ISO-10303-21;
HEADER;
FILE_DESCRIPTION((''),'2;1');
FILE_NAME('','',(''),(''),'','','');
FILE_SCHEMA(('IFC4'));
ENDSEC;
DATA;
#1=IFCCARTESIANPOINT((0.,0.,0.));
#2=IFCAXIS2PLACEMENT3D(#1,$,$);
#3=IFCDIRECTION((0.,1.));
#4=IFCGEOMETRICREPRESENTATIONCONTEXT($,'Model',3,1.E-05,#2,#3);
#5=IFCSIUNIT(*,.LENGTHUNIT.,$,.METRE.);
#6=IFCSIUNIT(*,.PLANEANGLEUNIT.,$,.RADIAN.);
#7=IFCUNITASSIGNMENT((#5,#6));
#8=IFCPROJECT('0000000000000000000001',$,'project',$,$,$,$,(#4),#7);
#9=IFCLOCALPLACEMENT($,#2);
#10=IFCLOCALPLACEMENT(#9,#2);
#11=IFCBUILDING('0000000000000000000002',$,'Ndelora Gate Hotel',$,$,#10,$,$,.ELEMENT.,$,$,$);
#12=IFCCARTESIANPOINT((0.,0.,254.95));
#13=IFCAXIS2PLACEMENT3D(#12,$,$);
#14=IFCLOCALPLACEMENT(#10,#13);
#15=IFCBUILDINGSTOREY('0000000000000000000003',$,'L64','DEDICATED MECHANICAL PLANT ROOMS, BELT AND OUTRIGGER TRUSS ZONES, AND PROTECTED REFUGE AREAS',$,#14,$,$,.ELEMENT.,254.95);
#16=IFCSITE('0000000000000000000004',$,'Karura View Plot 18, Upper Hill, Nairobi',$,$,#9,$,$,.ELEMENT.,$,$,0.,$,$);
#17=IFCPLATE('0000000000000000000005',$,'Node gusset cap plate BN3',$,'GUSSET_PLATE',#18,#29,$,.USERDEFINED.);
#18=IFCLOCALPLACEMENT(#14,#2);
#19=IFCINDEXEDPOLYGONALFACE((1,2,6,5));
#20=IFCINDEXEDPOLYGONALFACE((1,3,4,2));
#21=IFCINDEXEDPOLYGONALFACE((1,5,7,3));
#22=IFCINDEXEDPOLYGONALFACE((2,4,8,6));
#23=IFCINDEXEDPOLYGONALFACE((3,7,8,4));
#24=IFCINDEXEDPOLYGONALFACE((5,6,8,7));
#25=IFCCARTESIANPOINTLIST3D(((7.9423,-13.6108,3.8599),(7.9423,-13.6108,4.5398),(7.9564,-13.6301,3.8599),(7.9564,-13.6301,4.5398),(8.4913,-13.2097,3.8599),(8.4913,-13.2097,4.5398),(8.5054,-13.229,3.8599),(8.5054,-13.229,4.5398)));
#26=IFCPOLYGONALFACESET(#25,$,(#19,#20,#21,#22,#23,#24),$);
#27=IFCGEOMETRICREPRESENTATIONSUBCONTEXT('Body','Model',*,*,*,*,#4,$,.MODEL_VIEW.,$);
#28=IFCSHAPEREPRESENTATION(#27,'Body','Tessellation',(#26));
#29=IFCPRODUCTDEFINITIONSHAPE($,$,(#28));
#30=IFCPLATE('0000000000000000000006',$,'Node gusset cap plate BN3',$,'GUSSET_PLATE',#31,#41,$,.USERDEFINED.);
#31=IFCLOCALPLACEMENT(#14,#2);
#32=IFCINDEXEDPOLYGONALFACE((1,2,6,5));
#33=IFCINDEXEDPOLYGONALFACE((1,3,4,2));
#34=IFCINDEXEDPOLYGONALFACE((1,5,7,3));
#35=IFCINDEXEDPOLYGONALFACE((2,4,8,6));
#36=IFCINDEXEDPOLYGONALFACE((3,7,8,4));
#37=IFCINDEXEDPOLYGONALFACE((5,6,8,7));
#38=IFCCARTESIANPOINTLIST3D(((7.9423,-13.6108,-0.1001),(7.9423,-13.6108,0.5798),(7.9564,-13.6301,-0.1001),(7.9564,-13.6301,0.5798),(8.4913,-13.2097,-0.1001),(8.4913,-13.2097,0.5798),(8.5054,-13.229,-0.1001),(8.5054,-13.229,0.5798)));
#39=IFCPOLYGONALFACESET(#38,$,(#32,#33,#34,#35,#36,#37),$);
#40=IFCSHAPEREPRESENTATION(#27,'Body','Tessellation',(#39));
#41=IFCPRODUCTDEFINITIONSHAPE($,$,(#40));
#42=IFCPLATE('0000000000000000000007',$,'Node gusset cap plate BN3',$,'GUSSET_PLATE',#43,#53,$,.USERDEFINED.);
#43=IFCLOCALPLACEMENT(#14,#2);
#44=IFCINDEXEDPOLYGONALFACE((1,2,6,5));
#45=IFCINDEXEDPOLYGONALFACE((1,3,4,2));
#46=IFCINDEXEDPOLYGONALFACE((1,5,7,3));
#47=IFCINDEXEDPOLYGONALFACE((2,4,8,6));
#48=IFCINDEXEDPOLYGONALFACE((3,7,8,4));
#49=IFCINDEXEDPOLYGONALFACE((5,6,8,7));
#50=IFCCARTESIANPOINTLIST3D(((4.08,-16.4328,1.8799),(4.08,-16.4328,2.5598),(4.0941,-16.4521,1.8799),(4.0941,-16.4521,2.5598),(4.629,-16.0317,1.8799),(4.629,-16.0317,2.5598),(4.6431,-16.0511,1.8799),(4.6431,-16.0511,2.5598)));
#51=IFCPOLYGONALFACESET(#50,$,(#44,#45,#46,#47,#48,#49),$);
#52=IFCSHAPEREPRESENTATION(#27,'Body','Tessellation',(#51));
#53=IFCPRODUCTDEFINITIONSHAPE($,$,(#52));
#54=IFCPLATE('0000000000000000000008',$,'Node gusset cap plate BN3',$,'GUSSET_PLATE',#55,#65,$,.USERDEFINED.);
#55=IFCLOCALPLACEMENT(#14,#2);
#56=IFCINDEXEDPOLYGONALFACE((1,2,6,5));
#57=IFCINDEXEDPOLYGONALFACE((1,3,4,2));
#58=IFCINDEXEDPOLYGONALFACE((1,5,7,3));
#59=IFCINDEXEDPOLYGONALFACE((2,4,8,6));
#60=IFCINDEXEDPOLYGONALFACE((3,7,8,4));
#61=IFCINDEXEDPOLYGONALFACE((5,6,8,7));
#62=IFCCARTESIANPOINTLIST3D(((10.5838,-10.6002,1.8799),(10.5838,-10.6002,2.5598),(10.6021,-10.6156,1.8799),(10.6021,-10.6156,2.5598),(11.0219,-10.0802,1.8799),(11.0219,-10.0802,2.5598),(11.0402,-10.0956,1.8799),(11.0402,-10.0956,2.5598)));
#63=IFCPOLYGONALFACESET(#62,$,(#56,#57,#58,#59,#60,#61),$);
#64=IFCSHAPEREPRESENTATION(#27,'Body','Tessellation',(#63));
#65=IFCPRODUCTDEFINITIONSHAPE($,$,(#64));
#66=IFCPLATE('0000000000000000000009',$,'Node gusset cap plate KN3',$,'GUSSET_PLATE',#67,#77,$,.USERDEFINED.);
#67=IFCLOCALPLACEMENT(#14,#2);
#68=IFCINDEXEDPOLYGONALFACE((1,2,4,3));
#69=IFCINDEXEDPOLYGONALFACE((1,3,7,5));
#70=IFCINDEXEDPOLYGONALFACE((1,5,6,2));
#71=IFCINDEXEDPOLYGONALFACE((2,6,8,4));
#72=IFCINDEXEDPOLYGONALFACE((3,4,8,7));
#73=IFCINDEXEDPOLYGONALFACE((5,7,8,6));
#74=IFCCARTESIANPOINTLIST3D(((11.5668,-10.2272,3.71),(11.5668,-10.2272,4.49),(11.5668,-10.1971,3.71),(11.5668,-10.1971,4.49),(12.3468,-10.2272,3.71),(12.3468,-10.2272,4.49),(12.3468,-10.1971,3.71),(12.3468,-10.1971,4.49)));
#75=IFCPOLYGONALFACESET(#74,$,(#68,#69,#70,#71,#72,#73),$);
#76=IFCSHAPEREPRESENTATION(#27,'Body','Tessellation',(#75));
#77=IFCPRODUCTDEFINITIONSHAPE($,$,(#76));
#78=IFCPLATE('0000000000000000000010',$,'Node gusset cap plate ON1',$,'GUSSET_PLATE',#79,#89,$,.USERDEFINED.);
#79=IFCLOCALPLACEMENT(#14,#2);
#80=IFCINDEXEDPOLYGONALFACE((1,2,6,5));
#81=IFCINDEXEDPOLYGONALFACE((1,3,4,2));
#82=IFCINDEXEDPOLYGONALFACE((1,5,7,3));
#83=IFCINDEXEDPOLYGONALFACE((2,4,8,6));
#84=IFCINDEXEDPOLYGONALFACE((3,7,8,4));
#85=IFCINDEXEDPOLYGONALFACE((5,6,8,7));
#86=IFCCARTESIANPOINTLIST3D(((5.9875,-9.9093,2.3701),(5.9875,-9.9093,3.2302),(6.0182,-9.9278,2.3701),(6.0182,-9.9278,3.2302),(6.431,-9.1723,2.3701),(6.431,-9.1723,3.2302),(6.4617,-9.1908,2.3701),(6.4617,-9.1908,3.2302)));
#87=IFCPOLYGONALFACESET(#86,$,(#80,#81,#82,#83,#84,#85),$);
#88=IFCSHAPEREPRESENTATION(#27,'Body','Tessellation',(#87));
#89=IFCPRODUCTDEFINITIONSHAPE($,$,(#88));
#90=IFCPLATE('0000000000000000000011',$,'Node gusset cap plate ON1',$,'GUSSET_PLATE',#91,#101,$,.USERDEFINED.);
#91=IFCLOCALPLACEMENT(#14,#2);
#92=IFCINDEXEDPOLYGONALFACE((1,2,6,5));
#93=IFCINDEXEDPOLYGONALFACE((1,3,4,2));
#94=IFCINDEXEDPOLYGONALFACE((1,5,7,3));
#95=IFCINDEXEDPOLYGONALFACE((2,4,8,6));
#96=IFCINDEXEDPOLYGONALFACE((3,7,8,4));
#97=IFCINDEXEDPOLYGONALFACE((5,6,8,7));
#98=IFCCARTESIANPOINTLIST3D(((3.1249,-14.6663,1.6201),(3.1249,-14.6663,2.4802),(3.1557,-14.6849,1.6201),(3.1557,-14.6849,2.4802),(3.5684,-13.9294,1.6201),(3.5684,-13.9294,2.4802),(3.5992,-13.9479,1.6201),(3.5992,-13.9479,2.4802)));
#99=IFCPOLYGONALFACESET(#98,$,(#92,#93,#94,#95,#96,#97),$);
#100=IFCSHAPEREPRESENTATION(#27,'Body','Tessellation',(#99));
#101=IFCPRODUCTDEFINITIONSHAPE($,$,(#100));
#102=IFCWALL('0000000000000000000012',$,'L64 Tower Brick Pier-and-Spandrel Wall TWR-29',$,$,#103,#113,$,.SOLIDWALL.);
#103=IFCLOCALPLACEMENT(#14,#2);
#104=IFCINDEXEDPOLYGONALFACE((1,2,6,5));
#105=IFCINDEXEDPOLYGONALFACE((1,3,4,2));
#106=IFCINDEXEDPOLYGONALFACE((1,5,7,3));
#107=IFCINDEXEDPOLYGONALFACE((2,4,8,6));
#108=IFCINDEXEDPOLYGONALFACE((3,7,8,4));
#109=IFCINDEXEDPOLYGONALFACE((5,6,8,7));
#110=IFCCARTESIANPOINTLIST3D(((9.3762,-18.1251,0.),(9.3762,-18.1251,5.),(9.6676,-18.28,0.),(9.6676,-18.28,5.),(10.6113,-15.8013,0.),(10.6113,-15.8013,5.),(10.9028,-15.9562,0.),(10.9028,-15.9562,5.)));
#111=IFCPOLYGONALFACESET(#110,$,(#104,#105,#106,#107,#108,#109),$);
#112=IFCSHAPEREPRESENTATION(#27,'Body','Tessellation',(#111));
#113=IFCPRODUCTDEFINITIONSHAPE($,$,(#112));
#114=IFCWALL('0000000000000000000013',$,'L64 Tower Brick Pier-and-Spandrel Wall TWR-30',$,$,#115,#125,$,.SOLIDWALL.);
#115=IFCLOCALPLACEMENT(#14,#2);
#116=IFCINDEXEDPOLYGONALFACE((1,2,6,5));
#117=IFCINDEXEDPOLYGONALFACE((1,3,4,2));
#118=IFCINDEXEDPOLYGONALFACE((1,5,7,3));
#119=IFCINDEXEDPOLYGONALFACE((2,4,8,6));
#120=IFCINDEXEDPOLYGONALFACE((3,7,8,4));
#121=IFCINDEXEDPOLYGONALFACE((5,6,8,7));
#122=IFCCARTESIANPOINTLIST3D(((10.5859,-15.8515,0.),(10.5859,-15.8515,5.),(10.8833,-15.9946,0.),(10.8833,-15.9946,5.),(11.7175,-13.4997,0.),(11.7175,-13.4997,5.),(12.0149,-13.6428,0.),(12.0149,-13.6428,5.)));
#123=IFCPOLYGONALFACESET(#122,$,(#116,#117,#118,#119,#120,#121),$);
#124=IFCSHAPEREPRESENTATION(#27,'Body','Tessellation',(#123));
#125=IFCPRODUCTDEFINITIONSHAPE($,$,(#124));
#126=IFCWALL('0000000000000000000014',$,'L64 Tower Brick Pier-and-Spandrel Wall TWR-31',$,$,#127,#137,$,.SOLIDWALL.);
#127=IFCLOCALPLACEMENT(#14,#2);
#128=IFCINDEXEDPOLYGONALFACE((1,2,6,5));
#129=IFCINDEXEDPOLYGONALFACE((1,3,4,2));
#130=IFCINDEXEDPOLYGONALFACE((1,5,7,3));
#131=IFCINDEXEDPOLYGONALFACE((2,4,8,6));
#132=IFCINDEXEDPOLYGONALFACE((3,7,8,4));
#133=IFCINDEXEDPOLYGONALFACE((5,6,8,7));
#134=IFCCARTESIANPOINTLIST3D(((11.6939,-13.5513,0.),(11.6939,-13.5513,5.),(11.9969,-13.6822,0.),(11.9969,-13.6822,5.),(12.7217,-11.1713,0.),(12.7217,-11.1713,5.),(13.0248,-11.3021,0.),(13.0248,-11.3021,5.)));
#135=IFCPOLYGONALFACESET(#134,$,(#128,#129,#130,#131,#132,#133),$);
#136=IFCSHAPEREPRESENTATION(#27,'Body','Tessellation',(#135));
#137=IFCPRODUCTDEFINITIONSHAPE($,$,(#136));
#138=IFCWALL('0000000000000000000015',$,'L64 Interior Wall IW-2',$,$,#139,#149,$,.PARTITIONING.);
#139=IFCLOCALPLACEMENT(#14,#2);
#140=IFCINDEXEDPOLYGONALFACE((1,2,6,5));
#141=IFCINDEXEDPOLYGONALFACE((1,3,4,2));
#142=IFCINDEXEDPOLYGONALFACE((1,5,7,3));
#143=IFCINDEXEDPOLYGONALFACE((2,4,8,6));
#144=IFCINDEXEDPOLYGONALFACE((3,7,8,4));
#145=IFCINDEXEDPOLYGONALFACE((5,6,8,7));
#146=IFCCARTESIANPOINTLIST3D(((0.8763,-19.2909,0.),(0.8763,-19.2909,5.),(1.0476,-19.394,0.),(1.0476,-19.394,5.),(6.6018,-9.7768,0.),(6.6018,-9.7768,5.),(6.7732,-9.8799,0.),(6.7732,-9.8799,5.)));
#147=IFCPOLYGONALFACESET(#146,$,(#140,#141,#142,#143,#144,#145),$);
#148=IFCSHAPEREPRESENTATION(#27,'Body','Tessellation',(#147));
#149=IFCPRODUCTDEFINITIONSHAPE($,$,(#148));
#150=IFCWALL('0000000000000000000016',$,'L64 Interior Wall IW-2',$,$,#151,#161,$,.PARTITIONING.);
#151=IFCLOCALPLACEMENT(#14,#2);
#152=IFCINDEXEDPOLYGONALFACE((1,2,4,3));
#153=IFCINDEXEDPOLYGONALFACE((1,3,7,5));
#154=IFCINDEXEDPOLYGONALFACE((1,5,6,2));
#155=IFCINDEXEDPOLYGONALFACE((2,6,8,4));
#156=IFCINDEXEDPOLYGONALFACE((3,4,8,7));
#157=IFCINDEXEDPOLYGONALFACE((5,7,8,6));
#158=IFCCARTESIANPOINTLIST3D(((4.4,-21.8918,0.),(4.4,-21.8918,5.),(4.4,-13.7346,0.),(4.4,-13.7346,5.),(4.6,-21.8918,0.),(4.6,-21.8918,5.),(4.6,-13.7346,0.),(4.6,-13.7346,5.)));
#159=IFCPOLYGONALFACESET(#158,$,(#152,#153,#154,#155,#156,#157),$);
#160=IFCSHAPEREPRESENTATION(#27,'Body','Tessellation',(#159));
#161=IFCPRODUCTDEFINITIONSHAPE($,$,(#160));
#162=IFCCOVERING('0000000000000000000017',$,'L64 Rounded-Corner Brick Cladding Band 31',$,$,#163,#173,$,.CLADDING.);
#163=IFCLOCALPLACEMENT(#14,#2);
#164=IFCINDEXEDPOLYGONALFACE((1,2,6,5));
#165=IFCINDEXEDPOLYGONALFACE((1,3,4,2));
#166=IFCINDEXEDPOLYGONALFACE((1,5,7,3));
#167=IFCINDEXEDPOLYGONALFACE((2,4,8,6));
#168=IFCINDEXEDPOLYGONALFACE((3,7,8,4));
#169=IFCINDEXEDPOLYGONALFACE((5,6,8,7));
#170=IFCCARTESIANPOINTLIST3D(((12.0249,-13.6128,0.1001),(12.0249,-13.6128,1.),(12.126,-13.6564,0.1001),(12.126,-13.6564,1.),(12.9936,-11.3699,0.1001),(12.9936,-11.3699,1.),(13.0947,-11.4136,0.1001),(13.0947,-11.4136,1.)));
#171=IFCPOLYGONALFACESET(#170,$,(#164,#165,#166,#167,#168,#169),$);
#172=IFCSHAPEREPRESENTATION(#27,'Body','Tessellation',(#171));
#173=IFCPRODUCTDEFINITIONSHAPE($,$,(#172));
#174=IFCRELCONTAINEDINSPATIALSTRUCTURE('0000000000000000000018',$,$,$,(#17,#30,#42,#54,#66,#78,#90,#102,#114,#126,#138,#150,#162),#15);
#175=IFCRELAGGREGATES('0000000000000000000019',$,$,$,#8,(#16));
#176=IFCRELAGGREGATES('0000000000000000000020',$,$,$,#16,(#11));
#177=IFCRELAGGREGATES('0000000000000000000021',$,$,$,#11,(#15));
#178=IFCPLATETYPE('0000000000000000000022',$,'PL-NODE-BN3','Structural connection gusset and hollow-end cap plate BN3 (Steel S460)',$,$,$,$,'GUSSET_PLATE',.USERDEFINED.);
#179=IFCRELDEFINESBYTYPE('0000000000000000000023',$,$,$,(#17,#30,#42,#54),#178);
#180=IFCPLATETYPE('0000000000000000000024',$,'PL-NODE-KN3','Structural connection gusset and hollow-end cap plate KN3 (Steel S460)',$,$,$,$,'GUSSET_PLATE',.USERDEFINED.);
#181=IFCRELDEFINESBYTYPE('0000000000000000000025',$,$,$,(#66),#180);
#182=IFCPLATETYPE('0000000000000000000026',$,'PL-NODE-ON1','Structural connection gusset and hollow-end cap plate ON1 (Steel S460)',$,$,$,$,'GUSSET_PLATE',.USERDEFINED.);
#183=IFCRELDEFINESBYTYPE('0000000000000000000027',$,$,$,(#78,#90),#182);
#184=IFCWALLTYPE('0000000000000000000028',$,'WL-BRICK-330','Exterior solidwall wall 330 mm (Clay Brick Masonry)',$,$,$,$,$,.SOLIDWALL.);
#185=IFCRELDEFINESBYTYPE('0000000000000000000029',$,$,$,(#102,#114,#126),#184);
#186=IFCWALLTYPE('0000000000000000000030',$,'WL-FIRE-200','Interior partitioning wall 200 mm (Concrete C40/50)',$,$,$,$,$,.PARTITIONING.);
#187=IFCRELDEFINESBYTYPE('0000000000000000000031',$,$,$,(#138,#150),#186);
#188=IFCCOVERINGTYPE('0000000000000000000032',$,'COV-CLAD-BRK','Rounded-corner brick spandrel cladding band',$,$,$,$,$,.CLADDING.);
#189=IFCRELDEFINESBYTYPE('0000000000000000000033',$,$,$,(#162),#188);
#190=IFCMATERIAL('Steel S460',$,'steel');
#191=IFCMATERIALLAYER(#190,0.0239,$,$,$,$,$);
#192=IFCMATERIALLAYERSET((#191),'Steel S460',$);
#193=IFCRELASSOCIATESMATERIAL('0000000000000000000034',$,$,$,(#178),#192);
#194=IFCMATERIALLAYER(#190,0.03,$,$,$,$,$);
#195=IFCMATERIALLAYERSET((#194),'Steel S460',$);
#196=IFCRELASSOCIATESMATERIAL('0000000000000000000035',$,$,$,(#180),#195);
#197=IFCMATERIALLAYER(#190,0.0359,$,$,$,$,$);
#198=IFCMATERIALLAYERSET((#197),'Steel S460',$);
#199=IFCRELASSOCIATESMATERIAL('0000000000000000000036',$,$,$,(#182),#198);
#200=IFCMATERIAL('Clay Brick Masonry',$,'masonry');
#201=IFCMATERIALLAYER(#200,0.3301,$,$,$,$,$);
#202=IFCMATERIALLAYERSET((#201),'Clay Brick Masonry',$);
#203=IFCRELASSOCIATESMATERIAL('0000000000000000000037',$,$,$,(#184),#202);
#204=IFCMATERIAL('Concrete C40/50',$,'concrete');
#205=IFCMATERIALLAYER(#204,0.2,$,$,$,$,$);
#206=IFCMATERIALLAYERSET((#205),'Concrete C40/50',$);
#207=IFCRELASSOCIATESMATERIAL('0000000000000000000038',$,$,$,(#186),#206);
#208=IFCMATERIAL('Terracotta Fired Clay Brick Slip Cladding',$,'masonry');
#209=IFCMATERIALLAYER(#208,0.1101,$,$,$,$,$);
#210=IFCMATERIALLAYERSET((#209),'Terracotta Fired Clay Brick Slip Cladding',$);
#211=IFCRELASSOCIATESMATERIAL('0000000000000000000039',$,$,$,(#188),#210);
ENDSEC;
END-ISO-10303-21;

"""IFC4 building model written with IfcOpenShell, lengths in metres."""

from ifc_helpers import new_model, si_unit, direction, frame, frame_2d, origin, origin_2d, place, context, subcontext, project, spatial, rectangle, extrude, material, layer, layer_set, type_object, element, save


model = new_model("IFC4")

# Units and contexts
model_context = context("Model", 3, precision=1e-05, world=origin(), true_north=direction((0.0, 1.0)))
body_context = subcontext(model_context, "Body", "Model", "MODEL_VIEW")
ifc_project = project(units=[si_unit("LENGTHUNIT", "METRE"), si_unit("PLANEANGLEUNIT", "RADIAN")], contexts=[model_context])

# Site, building, storey
site_placement = place(None, origin())
site = spatial("IfcSite", under=ifc_project, at=site_placement, Name="Karura View Plot 18, Upper Hill, Nairobi", CompositionType="ELEMENT", RefElevation=0.0)
building_placement = place(site_placement, origin())
building = spatial("IfcBuilding", under=site, at=building_placement, Name="Ndelora Gate Hotel", CompositionType="ELEMENT")
storey_placement = place(building_placement, frame((0.0, 0.0, 254.95)))
storey = spatial("IfcBuildingStorey", under=building, at=storey_placement, Name="L64", Description="DEDICATED MECHANICAL PLANT ROOMS, BELT AND OUTRIGGER TRUSS ZONES, AND PROTECTED REFUGE AREAS", CompositionType="ELEMENT", Elevation=254.95)

# Shared definitions
ifc_material_1 = material(Name="Steel S460", Category="steel")

# Plates
ifc_layer_1 = layer(ifc_material_1, 0.0239)
ifc_layer_set_1 = layer_set([ifc_layer_1], Name="Steel S460")
plate_type_1 = type_object("IfcPlateType", Name="PL-NODE-BN3", Description="Structural connection gusset and hollow-end cap plate BN3 (Steel S460)", ElementType="GUSSET_PLATE", PredefinedType="USERDEFINED", material=ifc_layer_set_1)
for number, where, z_axis, x_axis, name in (
    (1, (8.2239, -13.4199, 3.8599), (0.0, 0.0, 1.0), (0.807475, 0.589901, 0.0), "Node gusset cap plate BN3"),
    (2, (8.2239, -13.4199, -0.1001), (0.0, 0.0, 1.0), (0.807475, 0.589901, 0.0), "Node gusset cap plate BN3"),
    (3, (4.3616, -16.2419, 1.8799), (0.0, 0.0, 1.0), (0.807475, 0.589901, 0.0), "Node gusset cap plate BN3"),
    (4, (10.812, -10.3479, 1.8799), (0.0, 0.0, 1.0), (0.644257, 0.764809, 0.0), "Node gusset cap plate BN3"),
):
    element("IfcPlate", number, at=place(storey_placement, frame(where, z_axis=z_axis, x_axis=x_axis)), inside=storey, type_object=plate_type_1, Name=name, ObjectType="GUSSET_PLATE", PredefinedType="USERDEFINED", context=body_context, shape_type="SweptSolid", body=[
        extrude(rectangle(XDim=0.6799, YDim=0.0239, at=origin_2d()), origin(), (0.0, 0.0, 1.0), 0.6799),
    ])
ifc_layer_2 = layer(ifc_material_1, 0.03)
ifc_layer_set_2 = layer_set([ifc_layer_2], Name="Steel S460")
plate_type_2 = type_object("IfcPlateType", Name="PL-NODE-KN3", Description="Structural connection gusset and hollow-end cap plate KN3 (Steel S460)", ElementType="GUSSET_PLATE", PredefinedType="USERDEFINED", material=ifc_layer_set_2)
plate_placement = place(storey_placement, frame((11.9568, -10.2122, 3.71), z_axis=(0.0, 0.0, 1.0), x_axis=(1.0, 0.0, 0.0)))
element("IfcPlate", 5, at=plate_placement, inside=storey, type_object=plate_type_2, Name="Node gusset cap plate KN3", ObjectType="GUSSET_PLATE", PredefinedType="USERDEFINED", context=body_context, shape_type="SweptSolid", body=[
    extrude(rectangle(XDim=0.78, YDim=0.03, at=origin_2d()), origin(), (0.0, 0.0, 1.0), 0.78),
])
ifc_layer_3 = layer(ifc_material_1, 0.0359)
ifc_layer_set_3 = layer_set([ifc_layer_3], Name="Steel S460")
plate_type_3 = type_object("IfcPlateType", Name="PL-NODE-ON1", Description="Structural connection gusset and hollow-end cap plate ON1 (Steel S460)", ElementType="GUSSET_PLATE", PredefinedType="USERDEFINED", material=ifc_layer_set_3)
for number, where, z_axis, x_axis, name in (
    (6, (6.2246, -9.55, 2.3701), (0.0, 0.0, 1.0), (0.515636, 0.856808, 0.0), "Node gusset cap plate ON1"),
    (7, (3.3621, -14.3071, 1.6201), (0.0, 0.0, 1.0), (0.515636, 0.856808, 0.0), "Node gusset cap plate ON1"),
):
    element("IfcPlate", number, at=place(storey_placement, frame(where, z_axis=z_axis, x_axis=x_axis)), inside=storey, type_object=plate_type_3, Name=name, ObjectType="GUSSET_PLATE", PredefinedType="USERDEFINED", context=body_context, shape_type="SweptSolid", body=[
        extrude(rectangle(XDim=0.8601, YDim=0.0359, at=origin_2d()), origin(), (0.0, 0.0, 1.0), 0.8601),
    ])

# Walls
ifc_material_2 = material(Name="Clay Brick Masonry", Category="masonry")
ifc_layer_4 = layer(ifc_material_2, 0.3301)
ifc_layer_set_4 = layer_set([ifc_layer_4], Name="Clay Brick Masonry")
wall_type_1 = type_object("IfcWallType", Name="WL-BRICK-330", Description="Exterior solidwall wall 330 mm (Clay Brick Masonry)", PredefinedType="SOLIDWALL", material=ifc_layer_set_4)
wall_1_placement = place(storey_placement, frame((10.7571, -15.8787, 0.0), z_axis=(0.0, 0.0, 1.0), x_axis=(-0.469341, -0.883017, 0.0)))
element("IfcWall", 8, at=wall_1_placement, inside=storey, type_object=wall_type_1, Name="L64 Tower Brick Pier-and-Spandrel Wall TWR-29", PredefinedType="SOLIDWALL", context=body_context, shape_type="SweptSolid", body=[
    extrude(rectangle(XDim=2.6316, YDim=0.3301, at=frame_2d((1.3159, 0.0))), origin(), (0.0, 0.0, 1.0), 5.0),
])
wall_2_placement = place(storey_placement, frame((11.8662, -13.5713, 0.0), z_axis=(0.0, 0.0, 1.0), x_axis=(-0.433579, -0.901115, 0.0)))
element("IfcWall", 9, at=wall_2_placement, inside=storey, type_object=wall_type_1, Name="L64 Tower Brick Pier-and-Spandrel Wall TWR-30", PredefinedType="SOLIDWALL", context=body_context, shape_type="SweptSolid", body=[
    extrude(rectangle(XDim=2.6099, YDim=0.3301, at=frame_2d((1.3049, 0.0))), origin(), (0.0, 0.0, 1.0), 5.0),
])
wall_3_placement = place(storey_placement, frame((12.8733, -11.2366, 0.0), z_axis=(0.0, 0.0, 1.0), x_axis=(-0.396452, -0.918055, 0.0)))
element("IfcWall", 10, at=wall_3_placement, inside=storey, type_object=wall_type_1, Name="L64 Tower Brick Pier-and-Spandrel Wall TWR-31", PredefinedType="SOLIDWALL", context=body_context, shape_type="SweptSolid", body=[
    extrude(rectangle(XDim=2.5925, YDim=0.3301, at=frame_2d((1.2964, 0.0))), origin(), (0.0, 0.0, 1.0), 5.0),
])
ifc_material_3 = material(Name="Concrete C40/50", Category="concrete")
ifc_layer_5 = layer(ifc_material_3, 0.2)
ifc_layer_set_5 = layer_set([ifc_layer_5], Name="Concrete C40/50")
wall_type_2 = type_object("IfcWallType", Name="WL-FIRE-200", Description="Interior partitioning wall 200 mm (Concrete C40/50)", PredefinedType="PARTITIONING", material=ifc_layer_set_5)
wall_4_placement = place(storey_placement, frame((6.6875, -9.8284, 0.0), z_axis=(0.0, 0.0, 1.0), x_axis=(-0.515627, -0.856813, 0.0)))
element("IfcWall", 11, at=wall_4_placement, inside=storey, type_object=wall_type_2, Name="L64 Interior Wall IW-2", PredefinedType="PARTITIONING", context=body_context, shape_type="SweptSolid", body=[
    extrude(rectangle(XDim=11.104, YDim=0.2, at=frame_2d((5.552, 0.0))), origin(), (0.0, 0.0, 1.0), 5.0),
])
wall_5_placement = place(storey_placement, frame((4.5, -13.7346, 0.0), z_axis=(0.0, 0.0, 1.0), x_axis=(0.0, -1.0, 0.0)))
element("IfcWall", 12, at=wall_5_placement, inside=storey, type_object=wall_type_2, Name="L64 Interior Wall IW-2", PredefinedType="PARTITIONING", context=body_context, shape_type="SweptSolid", body=[
    extrude(rectangle(XDim=8.1572, YDim=0.2, at=frame_2d((4.0786, 0.0))), origin(), (0.0, 0.0, 1.0), 5.0),
])

# Covering
ifc_material_4 = material(Name="Terracotta Fired Clay Brick Slip Cladding", Category="masonry")
ifc_layer_6 = layer(ifc_material_4, 0.1101)
ifc_layer_set_6 = layer_set([ifc_layer_6], Name="Terracotta Fired Clay Brick Slip Cladding")
covering_type = type_object("IfcCoveringType", Name="COV-CLAD-BRK", Description="Rounded-corner brick spandrel cladding band", PredefinedType="CLADDING", material=ifc_layer_set_6)
covering_placement = place(storey_placement, frame((12.5598, -12.5132, 0.1001), z_axis=(0.0, 0.0, 1.0), x_axis=(0.396507, 0.918032, 0.0)))
element("IfcCovering", 13, at=covering_placement, inside=storey, type_object=covering_type, Name="L64 Rounded-Corner Brick Cladding Band 31", PredefinedType="CLADDING", context=body_context, shape_type="SweptSolid", body=[
    extrude(rectangle(XDim=2.4431, YDim=0.1101, at=origin_2d()), origin(), (0.0, 0.0, 1.0), 0.8999),
])

save(model, "model.ifc")
